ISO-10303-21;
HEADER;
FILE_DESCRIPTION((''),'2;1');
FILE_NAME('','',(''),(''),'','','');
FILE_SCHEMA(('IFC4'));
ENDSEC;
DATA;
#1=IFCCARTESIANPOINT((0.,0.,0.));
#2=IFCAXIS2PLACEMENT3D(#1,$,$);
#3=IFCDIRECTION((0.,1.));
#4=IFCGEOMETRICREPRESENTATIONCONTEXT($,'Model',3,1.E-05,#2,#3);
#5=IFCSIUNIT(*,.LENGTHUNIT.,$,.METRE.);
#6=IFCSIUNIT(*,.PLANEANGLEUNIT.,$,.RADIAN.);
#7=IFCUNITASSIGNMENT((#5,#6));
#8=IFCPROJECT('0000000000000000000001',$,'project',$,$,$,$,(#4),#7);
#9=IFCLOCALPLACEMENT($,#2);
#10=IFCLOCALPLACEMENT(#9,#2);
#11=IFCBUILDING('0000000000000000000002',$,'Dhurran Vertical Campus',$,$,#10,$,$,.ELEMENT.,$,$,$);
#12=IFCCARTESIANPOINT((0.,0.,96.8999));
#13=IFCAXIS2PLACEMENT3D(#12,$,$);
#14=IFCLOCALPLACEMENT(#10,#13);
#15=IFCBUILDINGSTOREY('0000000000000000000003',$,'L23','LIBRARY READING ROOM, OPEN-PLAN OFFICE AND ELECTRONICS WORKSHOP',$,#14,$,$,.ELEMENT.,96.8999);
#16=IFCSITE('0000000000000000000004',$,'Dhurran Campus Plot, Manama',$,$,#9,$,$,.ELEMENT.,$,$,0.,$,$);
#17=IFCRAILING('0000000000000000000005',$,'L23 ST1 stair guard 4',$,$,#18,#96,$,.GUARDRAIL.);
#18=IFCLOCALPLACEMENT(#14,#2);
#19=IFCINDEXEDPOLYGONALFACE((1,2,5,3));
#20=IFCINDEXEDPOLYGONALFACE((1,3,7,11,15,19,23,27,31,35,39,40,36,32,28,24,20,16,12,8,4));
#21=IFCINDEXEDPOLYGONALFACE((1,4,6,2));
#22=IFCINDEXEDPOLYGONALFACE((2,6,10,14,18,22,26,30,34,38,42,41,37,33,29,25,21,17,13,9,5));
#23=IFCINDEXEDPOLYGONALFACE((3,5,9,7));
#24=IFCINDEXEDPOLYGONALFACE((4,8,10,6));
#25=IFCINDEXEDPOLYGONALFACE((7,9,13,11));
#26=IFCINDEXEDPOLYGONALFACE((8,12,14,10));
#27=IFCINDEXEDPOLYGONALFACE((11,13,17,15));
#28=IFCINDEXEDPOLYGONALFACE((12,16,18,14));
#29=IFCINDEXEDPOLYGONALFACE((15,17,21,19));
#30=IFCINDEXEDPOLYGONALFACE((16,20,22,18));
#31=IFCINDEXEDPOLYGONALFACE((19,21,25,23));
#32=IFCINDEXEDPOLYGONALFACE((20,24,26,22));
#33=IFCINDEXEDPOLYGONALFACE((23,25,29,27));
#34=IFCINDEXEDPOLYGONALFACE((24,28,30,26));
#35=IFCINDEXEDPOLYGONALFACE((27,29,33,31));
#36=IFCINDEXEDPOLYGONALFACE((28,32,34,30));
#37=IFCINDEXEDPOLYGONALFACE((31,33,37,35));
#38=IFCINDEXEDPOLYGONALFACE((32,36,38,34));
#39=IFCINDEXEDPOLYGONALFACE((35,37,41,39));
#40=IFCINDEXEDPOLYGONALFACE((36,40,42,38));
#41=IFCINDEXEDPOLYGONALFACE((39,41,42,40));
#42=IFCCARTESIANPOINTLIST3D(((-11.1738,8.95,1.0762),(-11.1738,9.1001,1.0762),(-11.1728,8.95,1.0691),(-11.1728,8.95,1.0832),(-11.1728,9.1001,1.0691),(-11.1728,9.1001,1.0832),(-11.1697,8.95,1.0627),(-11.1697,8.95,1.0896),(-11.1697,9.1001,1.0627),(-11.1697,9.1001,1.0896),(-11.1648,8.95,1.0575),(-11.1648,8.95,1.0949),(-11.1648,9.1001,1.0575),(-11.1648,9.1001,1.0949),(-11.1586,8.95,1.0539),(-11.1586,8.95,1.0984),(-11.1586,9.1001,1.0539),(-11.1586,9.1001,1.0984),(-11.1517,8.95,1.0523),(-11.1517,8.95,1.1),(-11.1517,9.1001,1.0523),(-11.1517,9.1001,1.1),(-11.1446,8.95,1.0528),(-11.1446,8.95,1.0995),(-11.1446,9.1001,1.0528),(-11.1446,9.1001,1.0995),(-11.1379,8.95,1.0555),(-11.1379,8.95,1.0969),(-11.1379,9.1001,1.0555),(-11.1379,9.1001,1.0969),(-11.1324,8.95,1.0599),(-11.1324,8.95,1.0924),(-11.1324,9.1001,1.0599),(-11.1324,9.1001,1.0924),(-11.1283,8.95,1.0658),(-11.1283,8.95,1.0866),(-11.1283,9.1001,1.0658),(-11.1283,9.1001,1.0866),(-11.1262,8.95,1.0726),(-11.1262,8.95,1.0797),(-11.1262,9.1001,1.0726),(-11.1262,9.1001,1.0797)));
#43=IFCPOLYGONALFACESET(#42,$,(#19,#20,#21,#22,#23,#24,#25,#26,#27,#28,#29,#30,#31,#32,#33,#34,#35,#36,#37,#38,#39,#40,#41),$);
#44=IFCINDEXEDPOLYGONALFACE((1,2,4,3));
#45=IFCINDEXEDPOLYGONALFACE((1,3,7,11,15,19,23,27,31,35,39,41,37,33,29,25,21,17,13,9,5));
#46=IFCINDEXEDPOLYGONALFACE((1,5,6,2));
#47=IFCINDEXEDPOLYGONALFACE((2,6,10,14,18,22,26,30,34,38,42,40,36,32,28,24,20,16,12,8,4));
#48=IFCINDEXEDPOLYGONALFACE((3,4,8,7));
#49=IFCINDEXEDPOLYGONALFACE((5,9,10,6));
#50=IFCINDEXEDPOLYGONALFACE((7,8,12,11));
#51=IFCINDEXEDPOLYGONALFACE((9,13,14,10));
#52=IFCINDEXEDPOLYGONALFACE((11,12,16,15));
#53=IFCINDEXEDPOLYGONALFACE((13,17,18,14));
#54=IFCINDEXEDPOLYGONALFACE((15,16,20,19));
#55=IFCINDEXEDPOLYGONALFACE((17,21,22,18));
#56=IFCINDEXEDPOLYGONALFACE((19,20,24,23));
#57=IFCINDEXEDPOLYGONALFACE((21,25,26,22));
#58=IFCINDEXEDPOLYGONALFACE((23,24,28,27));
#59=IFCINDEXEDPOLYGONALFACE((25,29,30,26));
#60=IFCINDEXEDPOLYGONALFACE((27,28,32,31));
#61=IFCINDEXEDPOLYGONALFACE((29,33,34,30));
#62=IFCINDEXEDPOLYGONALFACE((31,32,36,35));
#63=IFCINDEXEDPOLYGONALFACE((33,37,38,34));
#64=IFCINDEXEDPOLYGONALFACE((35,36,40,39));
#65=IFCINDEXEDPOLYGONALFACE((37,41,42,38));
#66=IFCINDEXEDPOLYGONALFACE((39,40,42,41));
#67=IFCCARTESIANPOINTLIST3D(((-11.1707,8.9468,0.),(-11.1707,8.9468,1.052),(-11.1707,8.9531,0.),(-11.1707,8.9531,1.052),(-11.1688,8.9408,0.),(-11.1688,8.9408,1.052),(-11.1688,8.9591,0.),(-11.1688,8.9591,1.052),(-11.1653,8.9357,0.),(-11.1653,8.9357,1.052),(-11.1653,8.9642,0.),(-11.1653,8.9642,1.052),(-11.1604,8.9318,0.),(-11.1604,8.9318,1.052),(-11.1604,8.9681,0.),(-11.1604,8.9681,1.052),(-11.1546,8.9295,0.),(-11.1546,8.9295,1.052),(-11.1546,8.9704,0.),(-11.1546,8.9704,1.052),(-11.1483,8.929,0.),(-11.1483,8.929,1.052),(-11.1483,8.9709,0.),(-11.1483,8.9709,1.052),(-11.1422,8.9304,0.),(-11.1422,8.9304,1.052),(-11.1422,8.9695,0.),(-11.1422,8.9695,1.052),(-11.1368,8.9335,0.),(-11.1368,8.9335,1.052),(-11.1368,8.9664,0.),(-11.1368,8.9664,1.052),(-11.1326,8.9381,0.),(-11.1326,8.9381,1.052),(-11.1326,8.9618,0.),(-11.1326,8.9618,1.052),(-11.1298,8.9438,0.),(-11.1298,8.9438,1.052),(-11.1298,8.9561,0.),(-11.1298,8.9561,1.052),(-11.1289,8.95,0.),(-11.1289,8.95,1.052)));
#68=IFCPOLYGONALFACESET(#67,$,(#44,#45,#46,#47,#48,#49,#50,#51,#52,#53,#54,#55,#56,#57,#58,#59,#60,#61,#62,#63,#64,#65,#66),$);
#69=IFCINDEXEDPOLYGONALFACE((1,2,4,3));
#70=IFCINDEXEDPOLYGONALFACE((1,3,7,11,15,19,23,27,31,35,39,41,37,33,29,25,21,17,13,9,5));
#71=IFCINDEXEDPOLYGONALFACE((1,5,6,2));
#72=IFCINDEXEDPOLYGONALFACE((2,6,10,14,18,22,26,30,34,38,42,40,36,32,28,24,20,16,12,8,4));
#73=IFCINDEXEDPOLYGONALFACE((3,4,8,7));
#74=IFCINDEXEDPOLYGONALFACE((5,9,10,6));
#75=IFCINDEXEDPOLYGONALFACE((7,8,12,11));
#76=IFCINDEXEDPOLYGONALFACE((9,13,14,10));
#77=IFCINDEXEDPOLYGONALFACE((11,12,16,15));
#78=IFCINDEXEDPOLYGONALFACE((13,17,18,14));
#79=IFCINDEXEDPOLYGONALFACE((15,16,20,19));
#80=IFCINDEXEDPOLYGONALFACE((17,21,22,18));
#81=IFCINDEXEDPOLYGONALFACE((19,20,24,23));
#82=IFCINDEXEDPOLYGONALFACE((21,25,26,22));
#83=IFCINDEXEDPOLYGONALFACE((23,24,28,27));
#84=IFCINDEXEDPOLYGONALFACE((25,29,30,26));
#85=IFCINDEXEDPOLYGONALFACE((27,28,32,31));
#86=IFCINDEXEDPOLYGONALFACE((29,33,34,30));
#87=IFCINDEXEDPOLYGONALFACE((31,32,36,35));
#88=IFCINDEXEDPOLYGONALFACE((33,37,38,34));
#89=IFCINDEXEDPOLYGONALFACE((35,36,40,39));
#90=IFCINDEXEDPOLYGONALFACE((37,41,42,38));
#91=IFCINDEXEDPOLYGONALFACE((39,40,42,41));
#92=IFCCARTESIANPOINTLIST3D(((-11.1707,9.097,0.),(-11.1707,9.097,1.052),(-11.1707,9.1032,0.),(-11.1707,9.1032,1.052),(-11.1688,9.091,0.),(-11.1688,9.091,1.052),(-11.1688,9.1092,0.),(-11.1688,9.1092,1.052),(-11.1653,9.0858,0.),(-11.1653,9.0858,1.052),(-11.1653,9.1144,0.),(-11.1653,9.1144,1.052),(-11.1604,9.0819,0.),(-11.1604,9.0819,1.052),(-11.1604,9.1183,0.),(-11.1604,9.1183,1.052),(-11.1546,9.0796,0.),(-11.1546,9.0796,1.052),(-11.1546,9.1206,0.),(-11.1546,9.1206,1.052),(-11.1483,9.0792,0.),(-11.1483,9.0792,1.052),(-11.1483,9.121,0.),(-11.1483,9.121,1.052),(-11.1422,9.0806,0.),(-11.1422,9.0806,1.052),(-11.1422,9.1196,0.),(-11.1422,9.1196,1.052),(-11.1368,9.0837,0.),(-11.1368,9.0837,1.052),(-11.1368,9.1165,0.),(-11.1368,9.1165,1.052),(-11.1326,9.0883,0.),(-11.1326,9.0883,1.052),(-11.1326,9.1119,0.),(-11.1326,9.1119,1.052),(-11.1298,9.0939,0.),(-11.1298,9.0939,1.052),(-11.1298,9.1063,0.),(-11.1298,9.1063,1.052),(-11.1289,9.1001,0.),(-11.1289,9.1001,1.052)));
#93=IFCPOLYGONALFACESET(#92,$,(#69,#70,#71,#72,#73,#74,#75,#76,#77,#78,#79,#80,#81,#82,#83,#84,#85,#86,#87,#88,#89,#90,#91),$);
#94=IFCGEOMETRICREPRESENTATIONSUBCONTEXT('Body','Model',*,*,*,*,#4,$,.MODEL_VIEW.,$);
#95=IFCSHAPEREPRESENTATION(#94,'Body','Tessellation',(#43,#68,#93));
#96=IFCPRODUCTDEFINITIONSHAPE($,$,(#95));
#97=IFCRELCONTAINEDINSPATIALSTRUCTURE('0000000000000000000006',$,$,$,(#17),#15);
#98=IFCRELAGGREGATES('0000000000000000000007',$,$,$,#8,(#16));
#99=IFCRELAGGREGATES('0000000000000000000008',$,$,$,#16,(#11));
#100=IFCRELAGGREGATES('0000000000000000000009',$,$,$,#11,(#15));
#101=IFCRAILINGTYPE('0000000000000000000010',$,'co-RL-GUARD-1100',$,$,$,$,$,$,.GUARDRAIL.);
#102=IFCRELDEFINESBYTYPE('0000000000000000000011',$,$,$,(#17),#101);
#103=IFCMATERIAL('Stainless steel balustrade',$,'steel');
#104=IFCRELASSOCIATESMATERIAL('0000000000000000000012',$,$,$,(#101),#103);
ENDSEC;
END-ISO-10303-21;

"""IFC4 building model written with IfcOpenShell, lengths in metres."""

from ifc_helpers import new_model, si_unit, direction, frame, origin, origin_2d, place, context, subcontext, project, spatial, circle, extrude, material, type_object, element, save


model = new_model("IFC4")

# Units and contexts
model_context = context("Model", 3, precision=1e-05, world=origin(), true_north=direction((0.0, 1.0)))
body_context = subcontext(model_context, "Body", "Model", "MODEL_VIEW")
ifc_project = project(units=[si_unit("LENGTHUNIT", "METRE"), si_unit("PLANEANGLEUNIT", "RADIAN")], contexts=[model_context])

# Site, building, storey
site_placement = place(None, origin())
site = spatial("IfcSite", under=ifc_project, at=site_placement, Name="Dhurran Campus Plot, Manama", CompositionType="ELEMENT", RefElevation=0.0)
building_placement = place(site_placement, origin())
building = spatial("IfcBuilding", under=site, at=building_placement, Name="Dhurran Vertical Campus", CompositionType="ELEMENT")
storey_placement = place(building_placement, frame((0.0, 0.0, 96.8999)))
storey = spatial("IfcBuildingStorey", under=building, at=storey_placement, Name="L23", Description="LIBRARY READING ROOM, OPEN-PLAN OFFICE AND ELECTRONICS WORKSHOP", CompositionType="ELEMENT", Elevation=96.8999)

# Railing
ifc_material_1 = material(Name="Stainless steel balustrade", Category="steel")
railing_type_1 = type_object("IfcRailingType", Name="co-RL-GUARD-1100", PredefinedType="GUARDRAIL", material=ifc_material_1)
railing_1_placement = place(storey_placement, frame((-11.1499, 8.95, 0.0)))
element("IfcRailing", 1, at=railing_1_placement, inside=storey, type_object=railing_type_1, Name="L23 ST1 stair guard 4", PredefinedType="GUARDRAIL", context=body_context, shape_type="SweptSolid", body=[
    extrude(circle(Radius=0.0239, at=origin_2d()), frame((0.0, 0.0, 1.0762), z_axis=(0.0, 1.0, 0.0), x_axis=(-1.0, 0.0, 0.0)), (0.0, 0.0, 1.0), 0.1501),
    extrude(circle(Radius=0.021, at=origin_2d()), origin(), (0.0, 0.0, 1.0), 1.052),
    extrude(circle(Radius=0.021, at=origin_2d()), frame((0.0, 0.1501, 0.0)), (0.0, 0.0, 1.0), 1.052),
])

save(model, "model.ifc")
